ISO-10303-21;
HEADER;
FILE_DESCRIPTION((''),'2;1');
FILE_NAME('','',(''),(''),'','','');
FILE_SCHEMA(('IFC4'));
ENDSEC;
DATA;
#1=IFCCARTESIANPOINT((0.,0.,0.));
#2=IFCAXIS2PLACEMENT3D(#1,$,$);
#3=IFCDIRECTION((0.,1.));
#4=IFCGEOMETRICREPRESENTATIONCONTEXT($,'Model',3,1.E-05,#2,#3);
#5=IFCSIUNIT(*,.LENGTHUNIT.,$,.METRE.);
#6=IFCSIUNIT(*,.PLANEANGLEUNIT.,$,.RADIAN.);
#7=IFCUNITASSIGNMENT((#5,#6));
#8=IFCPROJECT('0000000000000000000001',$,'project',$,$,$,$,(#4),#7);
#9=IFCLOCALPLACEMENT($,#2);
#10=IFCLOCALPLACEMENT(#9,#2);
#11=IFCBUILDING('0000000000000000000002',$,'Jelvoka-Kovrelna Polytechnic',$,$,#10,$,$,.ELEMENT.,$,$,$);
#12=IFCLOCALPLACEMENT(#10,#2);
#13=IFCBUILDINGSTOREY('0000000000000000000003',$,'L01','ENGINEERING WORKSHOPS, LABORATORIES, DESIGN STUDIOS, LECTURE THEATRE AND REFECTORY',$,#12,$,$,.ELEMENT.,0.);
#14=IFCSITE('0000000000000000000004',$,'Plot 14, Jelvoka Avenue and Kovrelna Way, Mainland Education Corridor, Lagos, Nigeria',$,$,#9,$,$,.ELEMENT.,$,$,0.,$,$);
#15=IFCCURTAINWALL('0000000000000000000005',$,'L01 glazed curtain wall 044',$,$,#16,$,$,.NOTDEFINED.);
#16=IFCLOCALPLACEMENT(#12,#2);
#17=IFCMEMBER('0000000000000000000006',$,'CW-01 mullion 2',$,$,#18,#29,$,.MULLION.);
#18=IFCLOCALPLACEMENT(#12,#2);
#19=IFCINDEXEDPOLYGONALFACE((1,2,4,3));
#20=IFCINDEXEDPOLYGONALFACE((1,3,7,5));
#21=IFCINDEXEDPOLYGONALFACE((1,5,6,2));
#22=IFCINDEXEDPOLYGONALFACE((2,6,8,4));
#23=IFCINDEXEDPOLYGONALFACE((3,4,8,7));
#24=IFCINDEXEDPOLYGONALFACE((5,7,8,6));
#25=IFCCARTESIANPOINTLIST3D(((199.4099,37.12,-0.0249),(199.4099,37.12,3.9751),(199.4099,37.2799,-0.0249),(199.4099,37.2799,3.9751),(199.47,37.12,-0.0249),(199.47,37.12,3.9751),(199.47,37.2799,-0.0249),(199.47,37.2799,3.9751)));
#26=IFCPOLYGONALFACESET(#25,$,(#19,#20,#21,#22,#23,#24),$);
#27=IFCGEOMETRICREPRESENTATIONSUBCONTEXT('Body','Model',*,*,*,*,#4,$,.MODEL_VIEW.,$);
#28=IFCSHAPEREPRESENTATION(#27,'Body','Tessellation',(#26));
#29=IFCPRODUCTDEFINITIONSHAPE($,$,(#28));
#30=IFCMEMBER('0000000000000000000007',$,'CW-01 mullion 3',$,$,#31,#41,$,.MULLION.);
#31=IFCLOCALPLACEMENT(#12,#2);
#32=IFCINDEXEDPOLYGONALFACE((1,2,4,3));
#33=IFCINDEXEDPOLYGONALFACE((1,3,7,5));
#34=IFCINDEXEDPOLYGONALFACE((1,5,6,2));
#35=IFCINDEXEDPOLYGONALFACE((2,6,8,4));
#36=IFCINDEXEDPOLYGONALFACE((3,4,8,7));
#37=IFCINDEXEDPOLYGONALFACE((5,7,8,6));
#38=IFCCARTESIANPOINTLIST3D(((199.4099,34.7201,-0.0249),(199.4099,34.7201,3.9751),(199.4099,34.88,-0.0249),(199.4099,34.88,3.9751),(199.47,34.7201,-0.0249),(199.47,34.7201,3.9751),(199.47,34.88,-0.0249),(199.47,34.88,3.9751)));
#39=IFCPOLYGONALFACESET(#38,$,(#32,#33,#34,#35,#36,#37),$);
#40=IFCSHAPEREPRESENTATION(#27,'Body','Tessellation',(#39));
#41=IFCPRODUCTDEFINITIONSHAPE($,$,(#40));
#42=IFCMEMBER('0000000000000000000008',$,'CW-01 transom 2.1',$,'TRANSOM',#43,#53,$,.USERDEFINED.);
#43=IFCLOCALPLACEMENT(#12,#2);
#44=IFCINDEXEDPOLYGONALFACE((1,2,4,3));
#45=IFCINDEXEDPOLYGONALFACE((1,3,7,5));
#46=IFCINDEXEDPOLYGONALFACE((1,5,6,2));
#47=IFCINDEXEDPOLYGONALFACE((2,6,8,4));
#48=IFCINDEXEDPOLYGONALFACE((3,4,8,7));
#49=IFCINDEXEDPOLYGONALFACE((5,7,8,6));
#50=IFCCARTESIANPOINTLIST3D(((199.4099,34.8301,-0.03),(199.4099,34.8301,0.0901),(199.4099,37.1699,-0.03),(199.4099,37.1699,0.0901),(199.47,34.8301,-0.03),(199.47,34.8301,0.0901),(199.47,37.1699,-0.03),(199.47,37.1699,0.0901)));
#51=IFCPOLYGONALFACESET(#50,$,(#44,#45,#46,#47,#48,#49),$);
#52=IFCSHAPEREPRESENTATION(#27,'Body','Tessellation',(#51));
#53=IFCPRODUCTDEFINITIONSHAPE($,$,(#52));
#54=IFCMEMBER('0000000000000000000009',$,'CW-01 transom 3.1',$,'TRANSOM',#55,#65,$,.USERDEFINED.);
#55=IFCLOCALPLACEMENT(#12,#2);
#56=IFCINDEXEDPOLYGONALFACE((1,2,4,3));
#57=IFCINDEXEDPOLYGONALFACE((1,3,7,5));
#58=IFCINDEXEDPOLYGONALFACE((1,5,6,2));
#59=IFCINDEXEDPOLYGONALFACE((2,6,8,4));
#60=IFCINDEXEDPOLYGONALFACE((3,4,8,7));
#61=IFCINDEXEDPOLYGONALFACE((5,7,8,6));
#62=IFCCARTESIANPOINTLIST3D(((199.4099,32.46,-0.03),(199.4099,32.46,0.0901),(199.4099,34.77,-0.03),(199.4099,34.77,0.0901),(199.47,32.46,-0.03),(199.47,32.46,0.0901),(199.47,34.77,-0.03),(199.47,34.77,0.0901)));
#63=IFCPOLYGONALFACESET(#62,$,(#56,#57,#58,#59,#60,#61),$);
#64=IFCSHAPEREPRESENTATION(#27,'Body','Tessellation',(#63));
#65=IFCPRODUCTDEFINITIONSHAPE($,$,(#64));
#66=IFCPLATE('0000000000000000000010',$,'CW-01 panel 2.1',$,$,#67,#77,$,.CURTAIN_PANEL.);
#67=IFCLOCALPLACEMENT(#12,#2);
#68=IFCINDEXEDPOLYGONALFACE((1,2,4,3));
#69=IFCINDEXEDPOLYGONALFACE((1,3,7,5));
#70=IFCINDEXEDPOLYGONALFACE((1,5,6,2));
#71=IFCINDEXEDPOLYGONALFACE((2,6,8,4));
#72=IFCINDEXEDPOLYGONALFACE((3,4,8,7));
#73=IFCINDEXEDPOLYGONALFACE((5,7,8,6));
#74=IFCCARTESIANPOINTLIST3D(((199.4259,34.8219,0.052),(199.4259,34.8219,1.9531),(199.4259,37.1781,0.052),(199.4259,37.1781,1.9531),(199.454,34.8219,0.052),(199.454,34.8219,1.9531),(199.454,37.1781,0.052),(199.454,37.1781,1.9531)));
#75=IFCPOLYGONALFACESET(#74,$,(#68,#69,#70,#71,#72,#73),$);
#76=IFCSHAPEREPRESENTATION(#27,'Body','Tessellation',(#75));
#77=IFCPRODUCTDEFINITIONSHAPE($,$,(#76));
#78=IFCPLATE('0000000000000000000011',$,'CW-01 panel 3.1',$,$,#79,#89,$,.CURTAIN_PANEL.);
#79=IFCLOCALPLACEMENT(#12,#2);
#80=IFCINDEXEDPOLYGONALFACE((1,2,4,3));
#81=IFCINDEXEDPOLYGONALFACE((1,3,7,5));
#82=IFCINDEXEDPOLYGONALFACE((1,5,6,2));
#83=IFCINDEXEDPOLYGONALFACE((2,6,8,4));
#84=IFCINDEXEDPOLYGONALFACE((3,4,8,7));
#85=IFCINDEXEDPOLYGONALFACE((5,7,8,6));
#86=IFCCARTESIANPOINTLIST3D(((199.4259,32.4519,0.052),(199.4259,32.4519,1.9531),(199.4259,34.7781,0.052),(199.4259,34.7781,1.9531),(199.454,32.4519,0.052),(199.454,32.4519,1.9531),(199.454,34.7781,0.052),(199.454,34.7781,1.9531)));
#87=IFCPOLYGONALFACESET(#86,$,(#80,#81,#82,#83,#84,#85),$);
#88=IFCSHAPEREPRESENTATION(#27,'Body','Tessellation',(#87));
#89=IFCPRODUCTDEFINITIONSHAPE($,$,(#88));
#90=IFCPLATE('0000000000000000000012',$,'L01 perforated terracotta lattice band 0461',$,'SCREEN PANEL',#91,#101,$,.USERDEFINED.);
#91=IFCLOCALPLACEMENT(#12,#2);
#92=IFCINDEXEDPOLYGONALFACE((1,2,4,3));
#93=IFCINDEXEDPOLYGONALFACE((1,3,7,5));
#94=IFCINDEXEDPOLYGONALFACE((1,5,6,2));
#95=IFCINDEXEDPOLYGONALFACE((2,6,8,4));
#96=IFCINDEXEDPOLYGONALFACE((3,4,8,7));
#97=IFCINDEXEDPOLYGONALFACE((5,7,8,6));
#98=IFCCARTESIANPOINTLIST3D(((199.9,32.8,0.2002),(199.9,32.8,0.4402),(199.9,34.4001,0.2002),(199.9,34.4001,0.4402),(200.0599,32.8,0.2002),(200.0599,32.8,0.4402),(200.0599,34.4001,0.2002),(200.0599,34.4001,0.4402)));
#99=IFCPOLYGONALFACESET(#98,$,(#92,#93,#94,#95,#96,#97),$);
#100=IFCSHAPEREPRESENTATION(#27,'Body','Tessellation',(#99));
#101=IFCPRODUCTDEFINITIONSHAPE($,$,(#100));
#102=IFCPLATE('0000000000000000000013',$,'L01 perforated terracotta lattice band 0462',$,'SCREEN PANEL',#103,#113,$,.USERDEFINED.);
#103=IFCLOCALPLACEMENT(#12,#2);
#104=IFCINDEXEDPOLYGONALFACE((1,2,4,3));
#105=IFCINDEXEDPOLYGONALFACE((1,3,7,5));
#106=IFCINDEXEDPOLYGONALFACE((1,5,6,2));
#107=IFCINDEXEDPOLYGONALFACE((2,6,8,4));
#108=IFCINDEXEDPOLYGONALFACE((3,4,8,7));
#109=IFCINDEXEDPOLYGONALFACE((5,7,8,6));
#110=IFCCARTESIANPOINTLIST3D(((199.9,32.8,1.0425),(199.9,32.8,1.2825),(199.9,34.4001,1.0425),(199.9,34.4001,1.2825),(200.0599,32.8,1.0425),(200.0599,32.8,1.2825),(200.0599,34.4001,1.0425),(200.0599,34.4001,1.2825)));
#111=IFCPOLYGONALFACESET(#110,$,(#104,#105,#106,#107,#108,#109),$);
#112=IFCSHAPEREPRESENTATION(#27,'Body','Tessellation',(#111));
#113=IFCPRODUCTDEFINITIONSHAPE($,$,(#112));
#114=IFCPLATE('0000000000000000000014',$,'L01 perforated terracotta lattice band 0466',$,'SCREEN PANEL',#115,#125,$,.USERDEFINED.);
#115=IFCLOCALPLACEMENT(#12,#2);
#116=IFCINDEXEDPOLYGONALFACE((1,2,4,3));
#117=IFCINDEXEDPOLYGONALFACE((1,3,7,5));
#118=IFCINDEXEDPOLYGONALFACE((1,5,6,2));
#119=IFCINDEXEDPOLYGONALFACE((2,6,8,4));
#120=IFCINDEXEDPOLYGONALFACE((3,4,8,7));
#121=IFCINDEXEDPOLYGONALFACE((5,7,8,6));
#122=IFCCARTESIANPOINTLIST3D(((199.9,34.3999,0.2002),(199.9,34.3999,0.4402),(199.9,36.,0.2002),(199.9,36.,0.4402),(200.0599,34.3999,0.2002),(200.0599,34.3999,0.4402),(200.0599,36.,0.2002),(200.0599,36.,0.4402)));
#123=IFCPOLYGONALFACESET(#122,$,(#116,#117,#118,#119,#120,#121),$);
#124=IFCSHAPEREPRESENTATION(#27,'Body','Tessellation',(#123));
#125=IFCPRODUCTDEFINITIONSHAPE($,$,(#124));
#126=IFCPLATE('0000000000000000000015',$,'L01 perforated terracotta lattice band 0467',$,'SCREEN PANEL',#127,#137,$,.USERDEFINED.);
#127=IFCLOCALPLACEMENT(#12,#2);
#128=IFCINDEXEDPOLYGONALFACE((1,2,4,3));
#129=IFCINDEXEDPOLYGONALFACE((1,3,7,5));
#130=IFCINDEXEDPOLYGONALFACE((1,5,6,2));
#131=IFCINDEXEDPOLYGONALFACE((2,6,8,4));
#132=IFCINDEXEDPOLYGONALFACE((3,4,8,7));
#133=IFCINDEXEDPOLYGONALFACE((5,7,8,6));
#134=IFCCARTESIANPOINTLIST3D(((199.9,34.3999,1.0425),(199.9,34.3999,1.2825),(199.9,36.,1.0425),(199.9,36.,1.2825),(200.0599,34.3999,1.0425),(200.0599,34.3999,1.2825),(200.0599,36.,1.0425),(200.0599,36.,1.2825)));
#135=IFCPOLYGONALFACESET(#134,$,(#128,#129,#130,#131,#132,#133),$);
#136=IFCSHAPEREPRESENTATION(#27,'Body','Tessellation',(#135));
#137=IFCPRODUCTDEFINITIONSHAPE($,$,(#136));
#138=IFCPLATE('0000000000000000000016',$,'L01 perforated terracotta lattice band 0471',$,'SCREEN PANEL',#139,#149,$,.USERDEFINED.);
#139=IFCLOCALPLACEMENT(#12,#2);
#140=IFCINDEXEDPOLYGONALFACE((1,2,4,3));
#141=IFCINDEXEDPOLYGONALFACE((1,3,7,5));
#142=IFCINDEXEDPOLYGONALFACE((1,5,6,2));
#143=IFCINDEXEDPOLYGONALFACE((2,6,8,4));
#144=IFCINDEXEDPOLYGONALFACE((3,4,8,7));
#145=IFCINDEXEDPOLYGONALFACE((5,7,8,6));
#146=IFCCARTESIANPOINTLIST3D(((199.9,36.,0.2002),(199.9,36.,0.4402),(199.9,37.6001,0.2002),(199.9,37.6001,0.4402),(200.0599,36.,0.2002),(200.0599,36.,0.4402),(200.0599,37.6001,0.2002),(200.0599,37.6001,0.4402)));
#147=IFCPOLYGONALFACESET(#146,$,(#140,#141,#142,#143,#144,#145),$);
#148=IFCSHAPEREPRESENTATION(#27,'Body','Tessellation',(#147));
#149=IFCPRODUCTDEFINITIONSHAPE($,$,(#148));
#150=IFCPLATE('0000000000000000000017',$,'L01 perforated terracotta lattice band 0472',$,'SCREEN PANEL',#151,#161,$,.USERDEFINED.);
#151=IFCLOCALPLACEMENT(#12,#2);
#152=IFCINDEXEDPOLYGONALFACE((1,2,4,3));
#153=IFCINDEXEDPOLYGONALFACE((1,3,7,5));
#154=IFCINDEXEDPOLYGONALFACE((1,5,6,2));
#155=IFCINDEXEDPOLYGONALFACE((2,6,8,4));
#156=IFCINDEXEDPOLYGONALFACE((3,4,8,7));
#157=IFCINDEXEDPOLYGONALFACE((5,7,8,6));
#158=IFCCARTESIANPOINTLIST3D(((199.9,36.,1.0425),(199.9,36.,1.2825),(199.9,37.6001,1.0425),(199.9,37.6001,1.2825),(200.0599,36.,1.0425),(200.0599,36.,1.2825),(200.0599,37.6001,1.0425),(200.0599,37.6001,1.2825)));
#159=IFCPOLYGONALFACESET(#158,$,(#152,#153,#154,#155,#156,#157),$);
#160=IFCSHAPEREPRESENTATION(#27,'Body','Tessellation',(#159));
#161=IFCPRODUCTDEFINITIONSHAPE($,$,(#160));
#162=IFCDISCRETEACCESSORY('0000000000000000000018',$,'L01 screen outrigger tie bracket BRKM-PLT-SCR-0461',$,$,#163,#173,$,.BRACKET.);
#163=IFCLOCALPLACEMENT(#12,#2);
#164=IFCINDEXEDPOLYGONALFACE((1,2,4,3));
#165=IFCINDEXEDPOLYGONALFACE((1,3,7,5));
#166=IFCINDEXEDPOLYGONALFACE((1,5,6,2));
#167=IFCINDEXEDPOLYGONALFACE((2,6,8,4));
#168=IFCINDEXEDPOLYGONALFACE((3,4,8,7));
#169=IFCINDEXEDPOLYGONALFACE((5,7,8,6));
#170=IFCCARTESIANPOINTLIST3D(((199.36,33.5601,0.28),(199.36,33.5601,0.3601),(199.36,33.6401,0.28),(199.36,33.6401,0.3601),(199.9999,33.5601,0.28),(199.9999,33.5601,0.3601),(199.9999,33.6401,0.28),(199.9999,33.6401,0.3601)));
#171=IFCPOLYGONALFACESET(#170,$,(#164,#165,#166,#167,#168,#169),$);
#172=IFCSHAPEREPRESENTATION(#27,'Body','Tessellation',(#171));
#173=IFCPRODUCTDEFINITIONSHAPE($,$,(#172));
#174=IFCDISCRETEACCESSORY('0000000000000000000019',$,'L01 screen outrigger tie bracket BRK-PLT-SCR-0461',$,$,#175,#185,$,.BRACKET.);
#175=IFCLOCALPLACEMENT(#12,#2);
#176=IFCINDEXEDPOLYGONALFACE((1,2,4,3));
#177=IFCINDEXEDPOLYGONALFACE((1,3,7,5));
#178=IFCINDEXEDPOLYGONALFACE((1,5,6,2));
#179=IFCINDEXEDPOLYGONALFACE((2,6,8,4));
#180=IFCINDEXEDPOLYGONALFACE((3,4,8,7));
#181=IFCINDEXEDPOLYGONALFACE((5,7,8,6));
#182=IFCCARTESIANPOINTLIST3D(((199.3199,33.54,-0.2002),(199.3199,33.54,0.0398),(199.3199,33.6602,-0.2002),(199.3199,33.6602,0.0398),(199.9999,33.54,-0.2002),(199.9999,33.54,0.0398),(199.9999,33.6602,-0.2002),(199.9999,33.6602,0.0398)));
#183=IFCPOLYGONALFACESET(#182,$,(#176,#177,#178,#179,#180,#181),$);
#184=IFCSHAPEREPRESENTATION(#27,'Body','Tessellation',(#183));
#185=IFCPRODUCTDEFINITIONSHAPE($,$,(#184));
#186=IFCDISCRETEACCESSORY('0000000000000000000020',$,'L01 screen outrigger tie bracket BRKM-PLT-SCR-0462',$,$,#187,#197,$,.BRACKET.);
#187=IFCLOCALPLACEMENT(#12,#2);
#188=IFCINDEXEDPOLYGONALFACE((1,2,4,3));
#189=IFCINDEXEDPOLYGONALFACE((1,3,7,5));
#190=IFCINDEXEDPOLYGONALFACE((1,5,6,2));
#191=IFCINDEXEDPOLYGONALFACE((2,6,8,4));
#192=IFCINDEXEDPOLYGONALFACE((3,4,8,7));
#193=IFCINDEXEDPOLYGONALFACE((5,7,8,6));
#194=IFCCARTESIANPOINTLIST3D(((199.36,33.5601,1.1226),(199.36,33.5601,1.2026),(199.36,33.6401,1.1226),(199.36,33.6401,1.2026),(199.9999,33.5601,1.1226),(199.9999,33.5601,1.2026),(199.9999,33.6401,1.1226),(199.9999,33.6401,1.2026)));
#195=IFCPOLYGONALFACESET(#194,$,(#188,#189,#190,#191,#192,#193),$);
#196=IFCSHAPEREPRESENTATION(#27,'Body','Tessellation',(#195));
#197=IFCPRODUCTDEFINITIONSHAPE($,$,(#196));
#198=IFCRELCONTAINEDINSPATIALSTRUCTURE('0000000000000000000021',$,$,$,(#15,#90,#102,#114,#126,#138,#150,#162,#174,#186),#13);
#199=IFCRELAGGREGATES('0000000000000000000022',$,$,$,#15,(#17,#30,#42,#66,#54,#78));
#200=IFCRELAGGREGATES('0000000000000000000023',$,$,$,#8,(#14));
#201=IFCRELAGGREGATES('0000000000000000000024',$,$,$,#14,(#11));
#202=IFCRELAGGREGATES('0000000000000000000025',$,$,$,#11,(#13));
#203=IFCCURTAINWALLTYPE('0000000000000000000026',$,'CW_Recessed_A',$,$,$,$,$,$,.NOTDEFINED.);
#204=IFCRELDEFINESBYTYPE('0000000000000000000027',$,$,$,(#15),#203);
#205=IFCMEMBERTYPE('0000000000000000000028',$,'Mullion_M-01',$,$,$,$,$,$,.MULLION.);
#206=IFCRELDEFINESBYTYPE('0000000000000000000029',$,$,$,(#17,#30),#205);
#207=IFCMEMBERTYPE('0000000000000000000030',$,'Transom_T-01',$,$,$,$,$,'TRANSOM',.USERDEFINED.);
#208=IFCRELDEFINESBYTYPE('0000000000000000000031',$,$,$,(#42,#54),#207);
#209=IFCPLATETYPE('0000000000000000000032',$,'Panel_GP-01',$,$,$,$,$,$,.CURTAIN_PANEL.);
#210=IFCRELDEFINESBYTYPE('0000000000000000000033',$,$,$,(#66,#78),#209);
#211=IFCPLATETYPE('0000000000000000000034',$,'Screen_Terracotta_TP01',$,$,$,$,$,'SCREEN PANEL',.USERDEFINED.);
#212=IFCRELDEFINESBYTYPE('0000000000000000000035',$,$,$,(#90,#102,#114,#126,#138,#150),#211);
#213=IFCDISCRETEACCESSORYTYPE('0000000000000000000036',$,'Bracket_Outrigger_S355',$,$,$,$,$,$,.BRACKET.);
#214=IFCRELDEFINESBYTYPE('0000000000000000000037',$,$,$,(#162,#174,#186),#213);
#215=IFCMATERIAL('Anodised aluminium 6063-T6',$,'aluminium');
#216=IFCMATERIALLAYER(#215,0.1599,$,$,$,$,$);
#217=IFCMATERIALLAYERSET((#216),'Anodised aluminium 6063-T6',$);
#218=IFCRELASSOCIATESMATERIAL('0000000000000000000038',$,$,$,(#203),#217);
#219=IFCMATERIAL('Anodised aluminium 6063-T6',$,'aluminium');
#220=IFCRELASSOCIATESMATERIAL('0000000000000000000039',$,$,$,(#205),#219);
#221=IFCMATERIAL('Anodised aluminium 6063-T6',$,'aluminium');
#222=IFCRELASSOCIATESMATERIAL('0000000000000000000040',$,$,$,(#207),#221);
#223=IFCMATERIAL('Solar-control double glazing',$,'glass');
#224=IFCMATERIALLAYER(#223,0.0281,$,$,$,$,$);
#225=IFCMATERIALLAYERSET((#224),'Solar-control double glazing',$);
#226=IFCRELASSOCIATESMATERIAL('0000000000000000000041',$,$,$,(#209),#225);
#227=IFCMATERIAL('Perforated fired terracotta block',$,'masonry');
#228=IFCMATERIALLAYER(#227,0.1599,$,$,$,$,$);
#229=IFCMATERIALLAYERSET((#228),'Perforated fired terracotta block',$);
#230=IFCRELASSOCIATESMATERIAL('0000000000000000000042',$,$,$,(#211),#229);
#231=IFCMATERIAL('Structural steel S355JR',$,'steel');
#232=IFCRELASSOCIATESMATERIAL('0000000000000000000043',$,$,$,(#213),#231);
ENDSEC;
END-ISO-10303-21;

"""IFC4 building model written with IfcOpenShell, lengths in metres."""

from ifc_helpers import new_model, si_unit, direction, frame, origin, origin_2d, place, context, subcontext, project, spatial, rectangle, extrude, material, layer, layer_set, material_profile, profile_set, type_object, element, aggregate, save


model = new_model("IFC4")

# Units and contexts
model_context = context("Model", 3, precision=1e-05, world=origin(), true_north=direction((0.0, 1.0)))
body_context = subcontext(model_context, "Body", "Model", "MODEL_VIEW")
ifc_project = project(units=[si_unit("LENGTHUNIT", "METRE"), si_unit("PLANEANGLEUNIT", "RADIAN")], contexts=[model_context])

# Site, building, storey
site_placement = place(None, origin())
site = spatial("IfcSite", under=ifc_project, at=site_placement, Name="Plot 14, Jelvoka Avenue and Kovrelna Way, Mainland Education Corridor, Lagos, Nigeria", CompositionType="ELEMENT", RefElevation=0.0)
building_placement = place(site_placement, origin())
building = spatial("IfcBuilding", under=site, at=building_placement, Name="Jelvoka-Kovrelna Polytechnic", CompositionType="ELEMENT")
storey_placement = place(building_placement, origin())
storey = spatial("IfcBuildingStorey", under=building, at=storey_placement, Name="L01", Description="ENGINEERING WORKSHOPS, LABORATORIES, DESIGN STUDIOS, LECTURE THEATRE AND REFECTORY", CompositionType="ELEMENT", Elevation=0.0)

# Curtain wall, members, plates
ifc_material_1 = material(Name="Anodised aluminium 6063-T6", Category="aluminium")
ifc_layer_1 = layer(ifc_material_1, 0.1599)
ifc_layer_set_1 = layer_set([ifc_layer_1], Name="Anodised aluminium 6063-T6")
curtain_wall_type = type_object("IfcCurtainWallType", Name="CW_Recessed_A", PredefinedType="NOTDEFINED", material=ifc_layer_set_1)
curtain_wall_placement = place(storey_placement, origin())
curtain_wall = element("IfcCurtainWall", 1, at=curtain_wall_placement, inside=storey, type_object=curtain_wall_type, Name="L01 glazed curtain wall 044", PredefinedType="NOTDEFINED")
ifc_material_2 = material(Name="Anodised aluminium 6063-T6", Category="aluminium")
ifc_material_profile_1 = material_profile(ifc_material_2, rectangle(XDim=0.0601, YDim=0.1599, at=origin_2d()), Name="ALU 60x160")
ifc_profile_set_1 = profile_set([ifc_material_profile_1], Name="Anodised aluminium 6063-T6")
member_type_1 = type_object("IfcMemberType", Name="Mullion_M-01", PredefinedType="MULLION", material=ifc_profile_set_1)
member_1_placement = place(storey_placement, frame((199.4399, 37.2, -0.0249), z_axis=(0.0, 0.0, 1.0), x_axis=(1.0, 0.0, 0.0)))
member_1 = element("IfcMember", 2, at=member_1_placement, type_object=member_type_1, Name="CW-01 mullion 2", PredefinedType="MULLION", context=body_context, shape_type="SweptSolid", body=[
    extrude(rectangle(XDim=0.0601, YDim=0.1599, at=origin_2d()), origin(), (0.0, 0.0, 1.0), 4.0),
])
member_2_placement = place(storey_placement, frame((199.4399, 34.8, -0.0249), z_axis=(0.0, 0.0, 1.0), x_axis=(1.0, 0.0, 0.0)))
member_2 = element("IfcMember", 3, at=member_2_placement, type_object=member_type_1, Name="CW-01 mullion 3", PredefinedType="MULLION", context=body_context, shape_type="SweptSolid", body=[
    extrude(rectangle(XDim=0.0601, YDim=0.1599, at=origin_2d()), origin(), (0.0, 0.0, 1.0), 4.0),
])
ifc_material_3 = material(Name="Anodised aluminium 6063-T6", Category="aluminium")
ifc_material_profile_2 = material_profile(ifc_material_3, rectangle(XDim=0.0601, YDim=0.1201, at=origin_2d()), Name="ALU 60x120")
ifc_profile_set_2 = profile_set([ifc_material_profile_2], Name="Anodised aluminium 6063-T6")
member_type_2 = type_object("IfcMemberType", Name="Transom_T-01", ElementType="TRANSOM", PredefinedType="USERDEFINED", material=ifc_profile_set_2)
member_3_placement = place(storey_placement, frame((199.4399, 37.1699, 0.03), z_axis=(0.0, -1.0, 0.0), x_axis=(1.0, 0.0, 0.0)))
member_3 = element("IfcMember", 4, at=member_3_placement, type_object=member_type_2, Name="CW-01 transom 2.1", ObjectType="TRANSOM", PredefinedType="USERDEFINED", context=body_context, shape_type="SweptSolid", body=[
    extrude(rectangle(XDim=0.0601, YDim=0.1201, at=origin_2d()), origin(), (0.0, 0.0, 1.0), 2.3398),
])
member_4_placement = place(storey_placement, frame((199.4399, 34.77, 0.03), z_axis=(0.0, -1.0, 0.0), x_axis=(1.0, 0.0, 0.0)))
member_4 = element("IfcMember", 5, at=member_4_placement, type_object=member_type_2, Name="CW-01 transom 3.1", ObjectType="TRANSOM", PredefinedType="USERDEFINED", context=body_context, shape_type="SweptSolid", body=[
    extrude(rectangle(XDim=0.0601, YDim=0.1201, at=origin_2d()), origin(), (0.0, 0.0, 1.0), 2.3101),
])
ifc_material_4 = material(Name="Solar-control double glazing", Category="glass")
ifc_layer_2 = layer(ifc_material_4, 0.0281)
ifc_layer_set_2 = layer_set([ifc_layer_2], Name="Solar-control double glazing")
plate_type_1 = type_object("IfcPlateType", Name="Panel_GP-01", PredefinedType="CURTAIN_PANEL", material=ifc_layer_set_2)
plate_1_placement = place(storey_placement, frame((199.4399, 36.0, 0.052), z_axis=(0.0, 0.0, 1.0), x_axis=(0.0, -1.0, 0.0)))
plate_1 = element("IfcPlate", 6, at=plate_1_placement, type_object=plate_type_1, Name="CW-01 panel 2.1", PredefinedType="CURTAIN_PANEL", context=body_context, shape_type="SweptSolid", body=[
    extrude(rectangle(XDim=2.3562, YDim=0.0281, at=origin_2d()), origin(), (0.0, 0.0, 1.0), 1.9011),
])
plate_2_placement = place(storey_placement, frame((199.4399, 33.615, 0.052), z_axis=(0.0, 0.0, 1.0), x_axis=(0.0, -1.0, 0.0)))
plate_2 = element("IfcPlate", 7, at=plate_2_placement, type_object=plate_type_1, Name="CW-01 panel 3.1", PredefinedType="CURTAIN_PANEL", context=body_context, shape_type="SweptSolid", body=[
    extrude(rectangle(XDim=2.3262, YDim=0.0281, at=origin_2d()), origin(), (0.0, 0.0, 1.0), 1.9011),
])
aggregate(curtain_wall, [member_1, member_2, member_3, plate_1, member_4, plate_2])

# Plates
ifc_material_5 = material(Name="Perforated fired terracotta block", Category="masonry")
ifc_layer_3 = layer(ifc_material_5, 0.1599)
ifc_layer_set_3 = layer_set([ifc_layer_3], Name="Perforated fired terracotta block")
plate_type_2 = type_object("IfcPlateType", Name="Screen_Terracotta_TP01", ElementType="SCREEN PANEL", PredefinedType="USERDEFINED", material=ifc_layer_set_3)
for number, where, z_axis, x_axis, name in (
    (8, (199.98, 33.6001, 0.2002), (0.0, 0.0, 1.0), (0.0, 1.0, 0.0), "L01 perforated terracotta lattice band 0461"),
    (9, (199.98, 33.6001, 1.0425), (0.0, 0.0, 1.0), (0.0, 1.0, 0.0), "L01 perforated terracotta lattice band 0462"),
    (10, (199.98, 35.2, 0.2002), (0.0, 0.0, 1.0), (0.0, 1.0, 0.0), "L01 perforated terracotta lattice band 0466"),
    (11, (199.98, 35.2, 1.0425), (0.0, 0.0, 1.0), (0.0, 1.0, 0.0), "L01 perforated terracotta lattice band 0467"),
    (12, (199.98, 36.8, 0.2002), (0.0, 0.0, 1.0), (0.0, 1.0, 0.0), "L01 perforated terracotta lattice band 0471"),
    (13, (199.98, 36.8, 1.0425), (0.0, 0.0, 1.0), (0.0, 1.0, 0.0), "L01 perforated terracotta lattice band 0472"),
):
    element("IfcPlate", number, at=place(storey_placement, frame(where, z_axis=z_axis, x_axis=x_axis)), inside=storey, type_object=plate_type_2, Name=name, ObjectType="SCREEN PANEL", PredefinedType="USERDEFINED", context=body_context, shape_type="SweptSolid", body=[
        extrude(rectangle(XDim=1.6001, YDim=0.1599, at=origin_2d()), origin(), (0.0, 0.0, 1.0), 0.24),
    ])

# Discrete accessories
ifc_material_6 = material(Name="Structural steel S355JR", Category="steel")
discrete_accessory_type = type_object("IfcDiscreteAccessoryType", Name="Bracket_Outrigger_S355", PredefinedType="BRACKET", material=ifc_material_6)
discrete_accessory_1_placement = place(storey_placement, frame((199.6799, 33.6001, 0.28), z_axis=(0.0, 0.0, 1.0), x_axis=(1.0, 0.0, 0.0)))
element("IfcDiscreteAccessory", 14, at=discrete_accessory_1_placement, inside=storey, type_object=discrete_accessory_type, Name="L01 screen outrigger tie bracket BRKM-PLT-SCR-0461", PredefinedType="BRACKET", context=body_context, shape_type="SweptSolid", body=[
    extrude(rectangle(XDim=0.6399, YDim=0.0801, at=origin_2d()), origin(), (0.0, 0.0, 1.0), 0.0801),
])
discrete_accessory_2_placement = place(storey_placement, frame((199.6599, 33.6001, -0.2002), z_axis=(0.0, 0.0, 1.0), x_axis=(1.0, 0.0, 0.0)))
element("IfcDiscreteAccessory", 15, at=discrete_accessory_2_placement, inside=storey, type_object=discrete_accessory_type, Name="L01 screen outrigger tie bracket BRK-PLT-SCR-0461", PredefinedType="BRACKET", context=body_context, shape_type="SweptSolid", body=[
    extrude(rectangle(XDim=0.6799, YDim=0.1201, at=origin_2d()), origin(), (0.0, 0.0, 1.0), 0.24),
])
for number, where, z_axis, x_axis, name in (
    (16, (199.6799, 33.6001, 1.1226), (0.0, 0.0, 1.0), (1.0, 0.0, 0.0), "L01 screen outrigger tie bracket BRKM-PLT-SCR-0462"),
):
    element("IfcDiscreteAccessory", number, at=place(storey_placement, frame(where, z_axis=z_axis, x_axis=x_axis)), inside=storey, type_object=discrete_accessory_type, Name=name, PredefinedType="BRACKET", context=body_context, shape_type="SweptSolid", body=[
        extrude(rectangle(XDim=0.6399, YDim=0.0801, at=origin_2d()), origin(), (0.0, 0.0, 1.0), 0.0801),
    ])

save(model, "model.ifc")
